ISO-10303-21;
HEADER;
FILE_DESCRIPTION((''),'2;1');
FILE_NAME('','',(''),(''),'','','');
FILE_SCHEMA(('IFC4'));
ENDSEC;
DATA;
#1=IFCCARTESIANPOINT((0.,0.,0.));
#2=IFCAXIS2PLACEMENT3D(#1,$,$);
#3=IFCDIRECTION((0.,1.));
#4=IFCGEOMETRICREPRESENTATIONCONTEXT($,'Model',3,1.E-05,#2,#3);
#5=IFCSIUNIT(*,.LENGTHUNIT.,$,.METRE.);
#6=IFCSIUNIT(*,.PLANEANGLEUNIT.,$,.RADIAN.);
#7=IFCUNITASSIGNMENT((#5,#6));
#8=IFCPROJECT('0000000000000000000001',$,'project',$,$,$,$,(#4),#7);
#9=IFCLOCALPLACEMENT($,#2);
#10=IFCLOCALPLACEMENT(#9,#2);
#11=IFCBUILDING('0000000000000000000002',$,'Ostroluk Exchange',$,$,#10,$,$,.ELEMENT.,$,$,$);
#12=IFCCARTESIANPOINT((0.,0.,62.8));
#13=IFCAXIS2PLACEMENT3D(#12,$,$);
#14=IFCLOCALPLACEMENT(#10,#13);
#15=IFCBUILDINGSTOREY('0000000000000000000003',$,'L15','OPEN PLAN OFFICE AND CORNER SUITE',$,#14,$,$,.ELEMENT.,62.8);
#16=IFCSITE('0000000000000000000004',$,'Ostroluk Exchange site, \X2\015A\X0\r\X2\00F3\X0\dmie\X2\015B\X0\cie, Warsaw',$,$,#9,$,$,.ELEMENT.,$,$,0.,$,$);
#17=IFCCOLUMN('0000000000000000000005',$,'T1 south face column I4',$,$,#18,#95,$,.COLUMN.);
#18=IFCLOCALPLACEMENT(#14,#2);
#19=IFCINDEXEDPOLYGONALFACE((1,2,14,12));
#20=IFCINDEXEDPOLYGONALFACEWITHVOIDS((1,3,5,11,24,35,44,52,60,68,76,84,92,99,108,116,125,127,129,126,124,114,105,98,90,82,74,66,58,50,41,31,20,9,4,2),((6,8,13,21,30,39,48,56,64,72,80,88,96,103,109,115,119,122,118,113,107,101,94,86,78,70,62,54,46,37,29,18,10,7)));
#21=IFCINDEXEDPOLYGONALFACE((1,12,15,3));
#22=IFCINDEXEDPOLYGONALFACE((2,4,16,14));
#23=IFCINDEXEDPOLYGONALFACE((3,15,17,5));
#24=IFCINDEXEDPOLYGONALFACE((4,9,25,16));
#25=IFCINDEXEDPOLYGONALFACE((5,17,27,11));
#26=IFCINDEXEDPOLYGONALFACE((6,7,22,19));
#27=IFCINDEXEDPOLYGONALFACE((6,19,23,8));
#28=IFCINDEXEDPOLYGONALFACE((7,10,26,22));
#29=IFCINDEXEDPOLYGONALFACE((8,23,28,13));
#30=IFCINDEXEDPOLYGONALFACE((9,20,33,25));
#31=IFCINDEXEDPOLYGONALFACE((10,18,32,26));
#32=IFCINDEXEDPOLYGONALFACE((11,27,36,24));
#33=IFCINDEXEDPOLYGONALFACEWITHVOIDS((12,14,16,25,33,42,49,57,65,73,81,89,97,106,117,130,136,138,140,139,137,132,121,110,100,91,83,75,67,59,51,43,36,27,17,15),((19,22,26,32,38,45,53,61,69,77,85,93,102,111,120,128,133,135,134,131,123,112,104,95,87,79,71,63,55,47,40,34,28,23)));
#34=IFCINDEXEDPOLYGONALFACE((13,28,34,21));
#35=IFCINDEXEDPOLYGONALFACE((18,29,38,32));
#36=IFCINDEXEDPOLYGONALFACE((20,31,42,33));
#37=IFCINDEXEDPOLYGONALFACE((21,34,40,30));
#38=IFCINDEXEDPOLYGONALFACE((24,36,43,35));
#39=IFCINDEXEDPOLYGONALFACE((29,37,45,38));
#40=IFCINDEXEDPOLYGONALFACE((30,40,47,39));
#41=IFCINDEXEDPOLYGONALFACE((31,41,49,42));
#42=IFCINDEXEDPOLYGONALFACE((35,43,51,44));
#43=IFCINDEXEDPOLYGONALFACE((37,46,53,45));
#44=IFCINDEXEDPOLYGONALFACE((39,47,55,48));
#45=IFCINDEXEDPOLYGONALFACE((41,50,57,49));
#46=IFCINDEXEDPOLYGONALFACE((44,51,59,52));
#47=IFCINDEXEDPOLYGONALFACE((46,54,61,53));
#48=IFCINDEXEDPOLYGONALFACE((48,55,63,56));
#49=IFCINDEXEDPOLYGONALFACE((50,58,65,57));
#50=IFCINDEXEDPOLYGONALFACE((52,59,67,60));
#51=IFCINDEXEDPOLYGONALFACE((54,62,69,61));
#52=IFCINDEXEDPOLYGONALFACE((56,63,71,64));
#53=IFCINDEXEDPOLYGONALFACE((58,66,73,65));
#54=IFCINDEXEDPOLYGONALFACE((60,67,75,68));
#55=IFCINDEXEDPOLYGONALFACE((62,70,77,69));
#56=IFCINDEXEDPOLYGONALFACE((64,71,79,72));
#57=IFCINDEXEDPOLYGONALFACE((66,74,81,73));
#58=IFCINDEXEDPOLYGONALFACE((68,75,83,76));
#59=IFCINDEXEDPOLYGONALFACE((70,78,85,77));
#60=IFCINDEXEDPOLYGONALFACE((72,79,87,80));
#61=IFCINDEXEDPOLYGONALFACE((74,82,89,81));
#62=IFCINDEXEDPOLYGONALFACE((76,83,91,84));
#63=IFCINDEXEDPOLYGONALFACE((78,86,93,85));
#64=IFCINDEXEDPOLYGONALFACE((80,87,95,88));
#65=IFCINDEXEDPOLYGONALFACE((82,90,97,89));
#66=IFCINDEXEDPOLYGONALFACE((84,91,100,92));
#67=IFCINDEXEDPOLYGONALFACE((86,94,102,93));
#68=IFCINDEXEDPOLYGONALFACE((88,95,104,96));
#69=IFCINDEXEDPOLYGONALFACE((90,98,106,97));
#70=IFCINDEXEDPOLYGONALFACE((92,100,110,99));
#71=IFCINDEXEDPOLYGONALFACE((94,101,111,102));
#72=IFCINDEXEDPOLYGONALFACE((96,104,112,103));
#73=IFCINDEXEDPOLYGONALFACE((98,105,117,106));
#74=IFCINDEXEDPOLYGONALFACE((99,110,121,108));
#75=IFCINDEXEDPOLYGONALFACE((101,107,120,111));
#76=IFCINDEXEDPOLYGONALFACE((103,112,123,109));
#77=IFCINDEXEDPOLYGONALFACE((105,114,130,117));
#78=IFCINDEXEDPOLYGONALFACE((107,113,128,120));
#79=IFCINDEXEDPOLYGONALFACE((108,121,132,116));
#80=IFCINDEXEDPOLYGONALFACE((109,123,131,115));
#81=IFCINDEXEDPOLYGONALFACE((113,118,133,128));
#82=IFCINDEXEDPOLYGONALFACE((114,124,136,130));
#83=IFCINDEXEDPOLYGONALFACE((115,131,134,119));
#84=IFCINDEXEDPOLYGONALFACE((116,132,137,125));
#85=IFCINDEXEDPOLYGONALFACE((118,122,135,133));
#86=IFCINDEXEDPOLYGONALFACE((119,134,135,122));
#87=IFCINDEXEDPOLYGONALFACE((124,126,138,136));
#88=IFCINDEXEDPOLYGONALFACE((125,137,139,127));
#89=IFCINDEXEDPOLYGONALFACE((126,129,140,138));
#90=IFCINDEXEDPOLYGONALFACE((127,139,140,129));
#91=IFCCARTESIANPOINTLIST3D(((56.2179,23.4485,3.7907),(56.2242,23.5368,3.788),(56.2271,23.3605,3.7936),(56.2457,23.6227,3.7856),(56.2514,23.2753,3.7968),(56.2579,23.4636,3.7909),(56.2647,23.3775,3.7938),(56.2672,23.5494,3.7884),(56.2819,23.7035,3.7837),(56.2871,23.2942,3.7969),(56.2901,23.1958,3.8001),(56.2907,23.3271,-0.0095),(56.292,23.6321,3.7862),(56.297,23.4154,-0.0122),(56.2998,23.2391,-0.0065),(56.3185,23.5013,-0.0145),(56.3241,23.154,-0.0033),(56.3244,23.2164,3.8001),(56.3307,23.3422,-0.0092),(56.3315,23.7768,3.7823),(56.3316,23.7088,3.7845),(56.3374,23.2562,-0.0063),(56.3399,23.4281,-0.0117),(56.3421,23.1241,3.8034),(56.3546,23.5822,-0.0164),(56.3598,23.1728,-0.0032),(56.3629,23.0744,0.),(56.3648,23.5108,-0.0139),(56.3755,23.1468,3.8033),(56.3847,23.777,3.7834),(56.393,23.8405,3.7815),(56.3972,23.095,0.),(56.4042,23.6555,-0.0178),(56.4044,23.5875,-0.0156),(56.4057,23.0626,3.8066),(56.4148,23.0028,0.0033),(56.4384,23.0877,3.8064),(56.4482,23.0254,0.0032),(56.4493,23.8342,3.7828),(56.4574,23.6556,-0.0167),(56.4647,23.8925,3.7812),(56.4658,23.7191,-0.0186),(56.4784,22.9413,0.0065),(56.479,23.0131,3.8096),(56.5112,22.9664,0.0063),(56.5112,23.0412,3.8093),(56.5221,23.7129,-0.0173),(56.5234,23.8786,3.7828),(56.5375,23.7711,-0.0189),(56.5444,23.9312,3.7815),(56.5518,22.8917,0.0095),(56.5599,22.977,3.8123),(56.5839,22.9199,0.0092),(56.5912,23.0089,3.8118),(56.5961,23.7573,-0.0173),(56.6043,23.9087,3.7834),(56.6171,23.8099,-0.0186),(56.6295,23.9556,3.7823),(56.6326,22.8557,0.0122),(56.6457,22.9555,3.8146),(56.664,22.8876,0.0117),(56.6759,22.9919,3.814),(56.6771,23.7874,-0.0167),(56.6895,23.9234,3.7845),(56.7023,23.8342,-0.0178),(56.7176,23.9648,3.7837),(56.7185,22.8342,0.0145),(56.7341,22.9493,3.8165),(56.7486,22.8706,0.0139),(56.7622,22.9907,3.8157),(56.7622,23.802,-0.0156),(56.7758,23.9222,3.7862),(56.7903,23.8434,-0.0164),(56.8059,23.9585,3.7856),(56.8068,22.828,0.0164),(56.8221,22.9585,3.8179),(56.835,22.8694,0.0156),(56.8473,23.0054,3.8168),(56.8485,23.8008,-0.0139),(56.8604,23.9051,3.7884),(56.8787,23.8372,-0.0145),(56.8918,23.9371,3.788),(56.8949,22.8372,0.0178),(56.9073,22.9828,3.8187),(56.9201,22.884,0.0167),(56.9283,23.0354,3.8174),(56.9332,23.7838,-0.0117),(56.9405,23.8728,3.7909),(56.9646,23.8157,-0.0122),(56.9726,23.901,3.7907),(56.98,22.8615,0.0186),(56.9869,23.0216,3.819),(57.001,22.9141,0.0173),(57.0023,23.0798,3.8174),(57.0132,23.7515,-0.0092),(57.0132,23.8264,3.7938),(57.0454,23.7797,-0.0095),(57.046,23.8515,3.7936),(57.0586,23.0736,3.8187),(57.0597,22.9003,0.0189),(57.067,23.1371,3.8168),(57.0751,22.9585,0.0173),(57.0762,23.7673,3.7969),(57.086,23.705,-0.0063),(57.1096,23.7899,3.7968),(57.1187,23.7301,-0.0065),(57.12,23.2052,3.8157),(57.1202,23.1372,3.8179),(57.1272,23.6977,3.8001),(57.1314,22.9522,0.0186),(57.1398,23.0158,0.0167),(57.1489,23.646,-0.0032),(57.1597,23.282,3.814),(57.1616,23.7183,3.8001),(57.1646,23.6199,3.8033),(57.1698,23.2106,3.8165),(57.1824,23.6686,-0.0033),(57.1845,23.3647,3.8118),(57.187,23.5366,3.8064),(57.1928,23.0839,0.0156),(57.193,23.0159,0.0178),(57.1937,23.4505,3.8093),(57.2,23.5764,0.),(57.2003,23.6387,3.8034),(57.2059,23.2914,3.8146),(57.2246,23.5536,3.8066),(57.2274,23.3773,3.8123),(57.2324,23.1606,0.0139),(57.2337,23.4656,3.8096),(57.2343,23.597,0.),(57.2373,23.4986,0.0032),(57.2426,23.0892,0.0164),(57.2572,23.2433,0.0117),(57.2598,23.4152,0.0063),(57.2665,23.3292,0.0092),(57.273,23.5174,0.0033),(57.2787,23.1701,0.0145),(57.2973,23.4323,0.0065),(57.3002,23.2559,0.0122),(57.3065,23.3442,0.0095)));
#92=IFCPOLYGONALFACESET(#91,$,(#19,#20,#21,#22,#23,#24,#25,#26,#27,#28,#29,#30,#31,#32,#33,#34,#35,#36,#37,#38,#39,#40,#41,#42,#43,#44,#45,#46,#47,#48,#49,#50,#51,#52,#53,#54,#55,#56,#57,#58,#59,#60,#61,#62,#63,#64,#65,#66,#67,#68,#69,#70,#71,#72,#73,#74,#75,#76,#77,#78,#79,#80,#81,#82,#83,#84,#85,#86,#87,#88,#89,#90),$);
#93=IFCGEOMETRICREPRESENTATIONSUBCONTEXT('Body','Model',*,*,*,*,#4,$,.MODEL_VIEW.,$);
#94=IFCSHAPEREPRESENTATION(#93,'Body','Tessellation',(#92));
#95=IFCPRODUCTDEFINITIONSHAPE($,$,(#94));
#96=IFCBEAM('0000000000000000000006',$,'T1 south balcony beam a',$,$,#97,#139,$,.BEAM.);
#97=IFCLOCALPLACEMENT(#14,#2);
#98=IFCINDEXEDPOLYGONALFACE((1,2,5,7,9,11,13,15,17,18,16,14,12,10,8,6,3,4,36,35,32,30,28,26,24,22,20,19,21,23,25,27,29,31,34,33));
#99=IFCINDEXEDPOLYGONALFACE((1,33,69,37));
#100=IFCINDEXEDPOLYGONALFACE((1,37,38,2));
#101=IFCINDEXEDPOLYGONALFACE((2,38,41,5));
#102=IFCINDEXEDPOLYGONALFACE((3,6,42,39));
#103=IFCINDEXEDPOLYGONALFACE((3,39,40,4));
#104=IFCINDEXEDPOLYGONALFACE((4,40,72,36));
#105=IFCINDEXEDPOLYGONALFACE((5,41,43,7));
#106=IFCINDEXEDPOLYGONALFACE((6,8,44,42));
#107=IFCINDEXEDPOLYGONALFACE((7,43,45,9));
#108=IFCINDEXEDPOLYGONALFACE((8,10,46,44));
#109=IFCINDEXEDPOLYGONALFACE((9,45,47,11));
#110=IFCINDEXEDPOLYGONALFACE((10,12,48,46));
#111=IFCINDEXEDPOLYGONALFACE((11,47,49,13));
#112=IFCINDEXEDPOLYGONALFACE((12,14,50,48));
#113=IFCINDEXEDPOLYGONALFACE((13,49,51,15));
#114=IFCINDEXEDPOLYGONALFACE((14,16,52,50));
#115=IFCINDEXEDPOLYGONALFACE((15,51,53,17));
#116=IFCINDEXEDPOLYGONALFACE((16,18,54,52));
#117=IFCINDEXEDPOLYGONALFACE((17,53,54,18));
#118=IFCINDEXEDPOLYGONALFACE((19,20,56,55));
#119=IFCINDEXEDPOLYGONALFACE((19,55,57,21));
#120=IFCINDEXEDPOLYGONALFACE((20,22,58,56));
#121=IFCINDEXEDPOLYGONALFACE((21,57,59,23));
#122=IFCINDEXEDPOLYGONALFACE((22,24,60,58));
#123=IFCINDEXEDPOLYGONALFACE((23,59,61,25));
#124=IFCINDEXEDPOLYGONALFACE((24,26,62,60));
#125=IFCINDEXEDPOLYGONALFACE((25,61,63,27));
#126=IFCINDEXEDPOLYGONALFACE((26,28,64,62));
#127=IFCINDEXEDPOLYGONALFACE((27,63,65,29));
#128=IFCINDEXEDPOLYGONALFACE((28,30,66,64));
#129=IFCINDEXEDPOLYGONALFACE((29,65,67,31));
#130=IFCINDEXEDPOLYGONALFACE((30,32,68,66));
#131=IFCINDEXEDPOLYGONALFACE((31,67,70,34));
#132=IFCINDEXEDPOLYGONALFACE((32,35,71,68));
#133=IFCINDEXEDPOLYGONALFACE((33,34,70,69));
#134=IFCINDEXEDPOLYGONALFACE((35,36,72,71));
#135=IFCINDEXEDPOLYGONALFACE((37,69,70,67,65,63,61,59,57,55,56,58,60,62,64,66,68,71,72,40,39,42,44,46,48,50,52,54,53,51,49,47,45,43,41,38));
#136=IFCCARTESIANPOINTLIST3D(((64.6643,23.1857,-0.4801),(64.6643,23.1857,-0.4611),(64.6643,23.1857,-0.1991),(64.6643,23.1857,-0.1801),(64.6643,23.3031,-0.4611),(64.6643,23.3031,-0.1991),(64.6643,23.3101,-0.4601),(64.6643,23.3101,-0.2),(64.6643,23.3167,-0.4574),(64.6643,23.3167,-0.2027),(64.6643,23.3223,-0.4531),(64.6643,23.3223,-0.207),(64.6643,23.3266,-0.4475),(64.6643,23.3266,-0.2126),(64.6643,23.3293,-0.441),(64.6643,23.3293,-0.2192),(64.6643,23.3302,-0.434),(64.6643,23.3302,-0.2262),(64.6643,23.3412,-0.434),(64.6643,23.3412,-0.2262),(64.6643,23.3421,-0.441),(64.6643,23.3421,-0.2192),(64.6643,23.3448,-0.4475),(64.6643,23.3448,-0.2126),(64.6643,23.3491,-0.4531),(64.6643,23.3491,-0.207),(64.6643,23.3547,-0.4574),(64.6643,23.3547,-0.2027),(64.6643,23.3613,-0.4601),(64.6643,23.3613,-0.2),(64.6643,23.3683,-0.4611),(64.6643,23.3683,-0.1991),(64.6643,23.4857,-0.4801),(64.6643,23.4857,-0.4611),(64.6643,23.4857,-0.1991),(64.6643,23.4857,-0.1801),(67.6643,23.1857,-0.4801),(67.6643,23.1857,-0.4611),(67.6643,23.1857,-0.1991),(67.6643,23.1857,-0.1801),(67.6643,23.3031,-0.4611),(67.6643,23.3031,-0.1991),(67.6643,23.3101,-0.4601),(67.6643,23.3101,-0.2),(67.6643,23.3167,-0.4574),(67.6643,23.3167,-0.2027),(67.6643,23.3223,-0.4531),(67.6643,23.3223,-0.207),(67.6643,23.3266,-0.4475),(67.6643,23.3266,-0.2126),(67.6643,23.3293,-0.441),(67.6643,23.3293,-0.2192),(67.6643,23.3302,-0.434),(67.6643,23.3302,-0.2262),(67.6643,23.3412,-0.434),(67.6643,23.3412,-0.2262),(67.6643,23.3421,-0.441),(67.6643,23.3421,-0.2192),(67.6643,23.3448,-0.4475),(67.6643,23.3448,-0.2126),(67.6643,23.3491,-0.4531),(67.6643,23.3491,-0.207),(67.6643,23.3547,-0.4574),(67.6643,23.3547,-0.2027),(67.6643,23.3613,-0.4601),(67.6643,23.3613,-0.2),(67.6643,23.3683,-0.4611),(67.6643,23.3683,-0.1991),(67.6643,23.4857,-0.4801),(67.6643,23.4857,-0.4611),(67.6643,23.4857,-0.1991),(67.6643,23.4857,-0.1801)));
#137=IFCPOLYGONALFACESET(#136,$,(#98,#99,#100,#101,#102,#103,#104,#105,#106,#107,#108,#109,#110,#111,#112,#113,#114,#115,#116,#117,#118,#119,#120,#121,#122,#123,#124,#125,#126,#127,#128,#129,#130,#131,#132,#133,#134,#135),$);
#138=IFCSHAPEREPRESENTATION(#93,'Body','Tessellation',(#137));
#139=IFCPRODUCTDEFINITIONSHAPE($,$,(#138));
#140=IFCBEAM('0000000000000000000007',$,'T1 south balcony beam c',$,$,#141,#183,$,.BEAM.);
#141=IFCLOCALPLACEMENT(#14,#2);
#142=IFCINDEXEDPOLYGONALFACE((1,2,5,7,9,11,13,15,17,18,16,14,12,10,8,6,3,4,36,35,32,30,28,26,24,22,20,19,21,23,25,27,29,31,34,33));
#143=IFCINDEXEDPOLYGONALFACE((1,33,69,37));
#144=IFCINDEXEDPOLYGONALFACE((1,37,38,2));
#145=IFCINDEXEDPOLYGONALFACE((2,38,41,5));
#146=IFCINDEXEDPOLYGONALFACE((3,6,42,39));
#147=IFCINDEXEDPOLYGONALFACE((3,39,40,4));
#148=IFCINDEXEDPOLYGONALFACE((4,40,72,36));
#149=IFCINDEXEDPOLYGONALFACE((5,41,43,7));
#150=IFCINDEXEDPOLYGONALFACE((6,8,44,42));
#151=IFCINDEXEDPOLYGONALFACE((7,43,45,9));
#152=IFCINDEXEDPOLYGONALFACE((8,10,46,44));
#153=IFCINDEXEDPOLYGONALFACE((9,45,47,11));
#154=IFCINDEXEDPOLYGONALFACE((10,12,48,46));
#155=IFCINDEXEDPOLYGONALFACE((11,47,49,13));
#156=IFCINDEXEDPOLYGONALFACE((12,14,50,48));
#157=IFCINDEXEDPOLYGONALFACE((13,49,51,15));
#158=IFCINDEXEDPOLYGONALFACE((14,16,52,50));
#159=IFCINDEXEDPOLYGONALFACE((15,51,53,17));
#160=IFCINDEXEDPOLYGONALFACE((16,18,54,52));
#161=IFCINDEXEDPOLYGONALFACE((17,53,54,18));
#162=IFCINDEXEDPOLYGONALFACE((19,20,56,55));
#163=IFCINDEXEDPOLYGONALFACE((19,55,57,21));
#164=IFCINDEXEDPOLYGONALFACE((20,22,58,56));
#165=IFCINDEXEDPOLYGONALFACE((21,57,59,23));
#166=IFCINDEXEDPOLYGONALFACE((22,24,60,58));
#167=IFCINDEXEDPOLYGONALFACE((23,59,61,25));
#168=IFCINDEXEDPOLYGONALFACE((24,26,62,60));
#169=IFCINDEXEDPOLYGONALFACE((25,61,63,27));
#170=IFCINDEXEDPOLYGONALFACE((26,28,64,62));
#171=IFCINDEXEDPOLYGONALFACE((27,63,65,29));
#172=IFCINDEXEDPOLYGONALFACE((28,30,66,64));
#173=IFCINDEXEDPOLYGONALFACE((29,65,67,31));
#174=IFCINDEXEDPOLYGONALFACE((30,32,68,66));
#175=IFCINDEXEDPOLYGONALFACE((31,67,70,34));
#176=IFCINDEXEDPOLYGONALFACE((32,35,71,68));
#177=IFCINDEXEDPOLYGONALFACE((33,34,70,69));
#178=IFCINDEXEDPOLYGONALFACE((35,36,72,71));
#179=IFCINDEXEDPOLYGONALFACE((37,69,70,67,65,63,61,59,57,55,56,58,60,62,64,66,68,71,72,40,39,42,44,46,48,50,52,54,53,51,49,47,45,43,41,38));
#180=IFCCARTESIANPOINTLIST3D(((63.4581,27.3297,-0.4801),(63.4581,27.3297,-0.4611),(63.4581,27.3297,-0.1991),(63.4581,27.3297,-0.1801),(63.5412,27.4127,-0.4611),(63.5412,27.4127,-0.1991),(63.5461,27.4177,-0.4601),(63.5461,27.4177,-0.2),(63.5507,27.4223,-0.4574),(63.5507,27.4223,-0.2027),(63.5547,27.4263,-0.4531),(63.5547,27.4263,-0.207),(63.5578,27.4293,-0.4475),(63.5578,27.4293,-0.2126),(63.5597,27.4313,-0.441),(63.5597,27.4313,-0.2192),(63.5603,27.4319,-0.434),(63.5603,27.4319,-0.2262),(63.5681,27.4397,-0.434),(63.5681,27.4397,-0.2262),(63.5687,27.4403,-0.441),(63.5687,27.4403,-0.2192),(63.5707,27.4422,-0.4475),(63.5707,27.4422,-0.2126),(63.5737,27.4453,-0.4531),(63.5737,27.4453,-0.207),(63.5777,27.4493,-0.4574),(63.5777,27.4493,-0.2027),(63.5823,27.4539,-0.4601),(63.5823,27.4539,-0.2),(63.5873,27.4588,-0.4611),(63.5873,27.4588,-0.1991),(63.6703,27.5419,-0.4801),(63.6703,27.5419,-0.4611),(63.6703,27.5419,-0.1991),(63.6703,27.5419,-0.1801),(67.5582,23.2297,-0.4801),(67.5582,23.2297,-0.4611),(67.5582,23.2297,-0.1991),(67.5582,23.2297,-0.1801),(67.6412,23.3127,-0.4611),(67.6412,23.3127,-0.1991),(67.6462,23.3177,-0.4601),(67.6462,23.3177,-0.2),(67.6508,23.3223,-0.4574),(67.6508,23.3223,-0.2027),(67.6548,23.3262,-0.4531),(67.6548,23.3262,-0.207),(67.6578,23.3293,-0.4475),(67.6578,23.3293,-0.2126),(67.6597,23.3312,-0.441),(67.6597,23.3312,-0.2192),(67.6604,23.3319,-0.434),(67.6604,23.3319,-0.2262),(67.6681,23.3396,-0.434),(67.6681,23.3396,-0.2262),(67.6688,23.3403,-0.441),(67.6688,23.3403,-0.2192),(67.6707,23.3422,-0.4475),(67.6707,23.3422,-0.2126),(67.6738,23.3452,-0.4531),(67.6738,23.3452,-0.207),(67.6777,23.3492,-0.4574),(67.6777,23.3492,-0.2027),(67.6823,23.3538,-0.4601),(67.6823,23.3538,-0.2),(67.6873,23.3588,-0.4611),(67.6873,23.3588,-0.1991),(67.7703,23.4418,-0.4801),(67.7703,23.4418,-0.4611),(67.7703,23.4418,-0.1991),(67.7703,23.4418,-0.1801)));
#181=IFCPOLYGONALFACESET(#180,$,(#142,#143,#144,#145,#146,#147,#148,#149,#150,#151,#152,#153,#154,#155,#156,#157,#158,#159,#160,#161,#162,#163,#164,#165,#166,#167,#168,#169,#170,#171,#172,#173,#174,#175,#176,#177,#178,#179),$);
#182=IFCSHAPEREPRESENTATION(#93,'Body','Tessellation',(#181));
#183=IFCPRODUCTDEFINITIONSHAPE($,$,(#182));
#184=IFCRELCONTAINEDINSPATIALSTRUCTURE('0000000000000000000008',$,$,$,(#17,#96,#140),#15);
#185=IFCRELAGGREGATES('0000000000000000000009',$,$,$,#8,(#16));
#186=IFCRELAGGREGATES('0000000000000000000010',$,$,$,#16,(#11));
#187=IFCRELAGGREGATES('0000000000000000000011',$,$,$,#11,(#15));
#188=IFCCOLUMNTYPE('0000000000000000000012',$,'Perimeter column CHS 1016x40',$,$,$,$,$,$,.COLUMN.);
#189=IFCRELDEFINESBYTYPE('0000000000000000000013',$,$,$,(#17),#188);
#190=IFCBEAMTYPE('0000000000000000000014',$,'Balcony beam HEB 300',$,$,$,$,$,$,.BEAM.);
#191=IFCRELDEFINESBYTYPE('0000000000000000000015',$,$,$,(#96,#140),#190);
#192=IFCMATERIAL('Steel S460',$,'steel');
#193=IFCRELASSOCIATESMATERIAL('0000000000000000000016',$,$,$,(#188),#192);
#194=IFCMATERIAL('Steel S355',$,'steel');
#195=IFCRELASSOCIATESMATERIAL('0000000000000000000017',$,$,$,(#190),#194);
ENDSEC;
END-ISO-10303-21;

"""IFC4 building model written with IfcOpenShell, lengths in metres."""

from ifc_helpers import new_model, si_unit, direction, frame, origin, origin_2d, place, context, subcontext, project, spatial, hollow_circle, i_section, extrude, material, material_profile, profile_set, type_object, element, save


model = new_model("IFC4")

# Units and contexts
model_context = context("Model", 3, precision=1e-05, world=origin(), true_north=direction((0.0, 1.0)))
body_context = subcontext(model_context, "Body", "Model", "MODEL_VIEW")
ifc_project = project(units=[si_unit("LENGTHUNIT", "METRE"), si_unit("PLANEANGLEUNIT", "RADIAN")], contexts=[model_context])

# Site, building, storey
site_placement = place(None, origin())
site = spatial("IfcSite", under=ifc_project, at=site_placement, Name="Ostroluk Exchange site, Śródmieście, Warsaw", CompositionType="ELEMENT", RefElevation=0.0)
building_placement = place(site_placement, origin())
building = spatial("IfcBuilding", under=site, at=building_placement, Name="Ostroluk Exchange", CompositionType="ELEMENT")
storey_placement = place(building_placement, frame((0.0, 0.0, 62.8)))
storey = spatial("IfcBuildingStorey", under=building, at=storey_placement, Name="L15", Description="OPEN PLAN OFFICE AND CORNER SUITE", CompositionType="ELEMENT", Elevation=62.8)

# Column
ifc_material_1 = material(Name="Steel S460", Category="steel")
ifc_material_profile_1 = material_profile(ifc_material_1, hollow_circle(Radius=0.5081, WallThickness=0.04, at=origin_2d()), Name="CHS 1016x40")
ifc_profile_set_1 = profile_set([ifc_material_profile_1], Name="Steel S460")
column_type_1 = type_object("IfcColumnType", Name="Perimeter column CHS 1016x40", PredefinedType="COLUMN", material=ifc_profile_set_1)
column_1_placement = place(storey_placement, frame((56.7986, 23.3357, 0.0), z_axis=(-0.019132, 0.031909, 0.999308), x_axis=(-0.857645, -0.514242, 0.0)))
element("IfcColumn", 1, at=column_1_placement, inside=storey, type_object=column_type_1, Name="T1 south face column I4", PredefinedType="COLUMN", context=body_context, shape_type="SweptSolid", body=[
    extrude(hollow_circle(Radius=0.5081, WallThickness=0.04, at=origin_2d()), origin(), (0.0, 0.0, 1.0), 3.8027),
])

# Beams
ifc_material_2 = material(Name="Steel S355", Category="steel")
ifc_material_profile_2 = material_profile(ifc_material_2, i_section(OverallWidth=0.3, OverallDepth=0.3, WebThickness=0.011, FlangeThickness=0.019, FilletRadius=0.0271, at=origin_2d()), Name="HEB 300")
ifc_profile_set_2 = profile_set([ifc_material_profile_2], Name="Steel S355")
beam_type_1 = type_object("IfcBeamType", Name="Balcony beam HEB 300", PredefinedType="BEAM", material=ifc_profile_set_2)
beam_1_placement = place(storey_placement, frame((64.6643, 23.3357, -0.3301), z_axis=(1.0, 0.0, 0.0), x_axis=(0.0, 1.0, 0.0)))
element("IfcBeam", 2, at=beam_1_placement, inside=storey, type_object=beam_type_1, Name="T1 south balcony beam a", PredefinedType="BEAM", context=body_context, shape_type="SweptSolid", body=[
    extrude(i_section(OverallWidth=0.3, OverallDepth=0.3, WebThickness=0.011, FlangeThickness=0.019, FilletRadius=0.0271, at=origin_2d()), origin(), (0.0, 0.0, 1.0), 3.0),
])
beam_2_placement = place(storey_placement, frame((63.5642, 27.4358, -0.3301), z_axis=(0.707107, -0.707107, 0.0), x_axis=(0.707107, 0.707107, 0.0)))
element("IfcBeam", 3, at=beam_2_placement, inside=storey, type_object=beam_type_1, Name="T1 south balcony beam c", PredefinedType="BEAM", context=body_context, shape_type="SweptSolid", body=[
    extrude(i_section(OverallWidth=0.3, OverallDepth=0.3, WebThickness=0.011, FlangeThickness=0.019, FilletRadius=0.0271, at=origin_2d()), origin(), (0.0, 0.0, 1.0), 5.7983),
])

save(model, "model.ifc")
